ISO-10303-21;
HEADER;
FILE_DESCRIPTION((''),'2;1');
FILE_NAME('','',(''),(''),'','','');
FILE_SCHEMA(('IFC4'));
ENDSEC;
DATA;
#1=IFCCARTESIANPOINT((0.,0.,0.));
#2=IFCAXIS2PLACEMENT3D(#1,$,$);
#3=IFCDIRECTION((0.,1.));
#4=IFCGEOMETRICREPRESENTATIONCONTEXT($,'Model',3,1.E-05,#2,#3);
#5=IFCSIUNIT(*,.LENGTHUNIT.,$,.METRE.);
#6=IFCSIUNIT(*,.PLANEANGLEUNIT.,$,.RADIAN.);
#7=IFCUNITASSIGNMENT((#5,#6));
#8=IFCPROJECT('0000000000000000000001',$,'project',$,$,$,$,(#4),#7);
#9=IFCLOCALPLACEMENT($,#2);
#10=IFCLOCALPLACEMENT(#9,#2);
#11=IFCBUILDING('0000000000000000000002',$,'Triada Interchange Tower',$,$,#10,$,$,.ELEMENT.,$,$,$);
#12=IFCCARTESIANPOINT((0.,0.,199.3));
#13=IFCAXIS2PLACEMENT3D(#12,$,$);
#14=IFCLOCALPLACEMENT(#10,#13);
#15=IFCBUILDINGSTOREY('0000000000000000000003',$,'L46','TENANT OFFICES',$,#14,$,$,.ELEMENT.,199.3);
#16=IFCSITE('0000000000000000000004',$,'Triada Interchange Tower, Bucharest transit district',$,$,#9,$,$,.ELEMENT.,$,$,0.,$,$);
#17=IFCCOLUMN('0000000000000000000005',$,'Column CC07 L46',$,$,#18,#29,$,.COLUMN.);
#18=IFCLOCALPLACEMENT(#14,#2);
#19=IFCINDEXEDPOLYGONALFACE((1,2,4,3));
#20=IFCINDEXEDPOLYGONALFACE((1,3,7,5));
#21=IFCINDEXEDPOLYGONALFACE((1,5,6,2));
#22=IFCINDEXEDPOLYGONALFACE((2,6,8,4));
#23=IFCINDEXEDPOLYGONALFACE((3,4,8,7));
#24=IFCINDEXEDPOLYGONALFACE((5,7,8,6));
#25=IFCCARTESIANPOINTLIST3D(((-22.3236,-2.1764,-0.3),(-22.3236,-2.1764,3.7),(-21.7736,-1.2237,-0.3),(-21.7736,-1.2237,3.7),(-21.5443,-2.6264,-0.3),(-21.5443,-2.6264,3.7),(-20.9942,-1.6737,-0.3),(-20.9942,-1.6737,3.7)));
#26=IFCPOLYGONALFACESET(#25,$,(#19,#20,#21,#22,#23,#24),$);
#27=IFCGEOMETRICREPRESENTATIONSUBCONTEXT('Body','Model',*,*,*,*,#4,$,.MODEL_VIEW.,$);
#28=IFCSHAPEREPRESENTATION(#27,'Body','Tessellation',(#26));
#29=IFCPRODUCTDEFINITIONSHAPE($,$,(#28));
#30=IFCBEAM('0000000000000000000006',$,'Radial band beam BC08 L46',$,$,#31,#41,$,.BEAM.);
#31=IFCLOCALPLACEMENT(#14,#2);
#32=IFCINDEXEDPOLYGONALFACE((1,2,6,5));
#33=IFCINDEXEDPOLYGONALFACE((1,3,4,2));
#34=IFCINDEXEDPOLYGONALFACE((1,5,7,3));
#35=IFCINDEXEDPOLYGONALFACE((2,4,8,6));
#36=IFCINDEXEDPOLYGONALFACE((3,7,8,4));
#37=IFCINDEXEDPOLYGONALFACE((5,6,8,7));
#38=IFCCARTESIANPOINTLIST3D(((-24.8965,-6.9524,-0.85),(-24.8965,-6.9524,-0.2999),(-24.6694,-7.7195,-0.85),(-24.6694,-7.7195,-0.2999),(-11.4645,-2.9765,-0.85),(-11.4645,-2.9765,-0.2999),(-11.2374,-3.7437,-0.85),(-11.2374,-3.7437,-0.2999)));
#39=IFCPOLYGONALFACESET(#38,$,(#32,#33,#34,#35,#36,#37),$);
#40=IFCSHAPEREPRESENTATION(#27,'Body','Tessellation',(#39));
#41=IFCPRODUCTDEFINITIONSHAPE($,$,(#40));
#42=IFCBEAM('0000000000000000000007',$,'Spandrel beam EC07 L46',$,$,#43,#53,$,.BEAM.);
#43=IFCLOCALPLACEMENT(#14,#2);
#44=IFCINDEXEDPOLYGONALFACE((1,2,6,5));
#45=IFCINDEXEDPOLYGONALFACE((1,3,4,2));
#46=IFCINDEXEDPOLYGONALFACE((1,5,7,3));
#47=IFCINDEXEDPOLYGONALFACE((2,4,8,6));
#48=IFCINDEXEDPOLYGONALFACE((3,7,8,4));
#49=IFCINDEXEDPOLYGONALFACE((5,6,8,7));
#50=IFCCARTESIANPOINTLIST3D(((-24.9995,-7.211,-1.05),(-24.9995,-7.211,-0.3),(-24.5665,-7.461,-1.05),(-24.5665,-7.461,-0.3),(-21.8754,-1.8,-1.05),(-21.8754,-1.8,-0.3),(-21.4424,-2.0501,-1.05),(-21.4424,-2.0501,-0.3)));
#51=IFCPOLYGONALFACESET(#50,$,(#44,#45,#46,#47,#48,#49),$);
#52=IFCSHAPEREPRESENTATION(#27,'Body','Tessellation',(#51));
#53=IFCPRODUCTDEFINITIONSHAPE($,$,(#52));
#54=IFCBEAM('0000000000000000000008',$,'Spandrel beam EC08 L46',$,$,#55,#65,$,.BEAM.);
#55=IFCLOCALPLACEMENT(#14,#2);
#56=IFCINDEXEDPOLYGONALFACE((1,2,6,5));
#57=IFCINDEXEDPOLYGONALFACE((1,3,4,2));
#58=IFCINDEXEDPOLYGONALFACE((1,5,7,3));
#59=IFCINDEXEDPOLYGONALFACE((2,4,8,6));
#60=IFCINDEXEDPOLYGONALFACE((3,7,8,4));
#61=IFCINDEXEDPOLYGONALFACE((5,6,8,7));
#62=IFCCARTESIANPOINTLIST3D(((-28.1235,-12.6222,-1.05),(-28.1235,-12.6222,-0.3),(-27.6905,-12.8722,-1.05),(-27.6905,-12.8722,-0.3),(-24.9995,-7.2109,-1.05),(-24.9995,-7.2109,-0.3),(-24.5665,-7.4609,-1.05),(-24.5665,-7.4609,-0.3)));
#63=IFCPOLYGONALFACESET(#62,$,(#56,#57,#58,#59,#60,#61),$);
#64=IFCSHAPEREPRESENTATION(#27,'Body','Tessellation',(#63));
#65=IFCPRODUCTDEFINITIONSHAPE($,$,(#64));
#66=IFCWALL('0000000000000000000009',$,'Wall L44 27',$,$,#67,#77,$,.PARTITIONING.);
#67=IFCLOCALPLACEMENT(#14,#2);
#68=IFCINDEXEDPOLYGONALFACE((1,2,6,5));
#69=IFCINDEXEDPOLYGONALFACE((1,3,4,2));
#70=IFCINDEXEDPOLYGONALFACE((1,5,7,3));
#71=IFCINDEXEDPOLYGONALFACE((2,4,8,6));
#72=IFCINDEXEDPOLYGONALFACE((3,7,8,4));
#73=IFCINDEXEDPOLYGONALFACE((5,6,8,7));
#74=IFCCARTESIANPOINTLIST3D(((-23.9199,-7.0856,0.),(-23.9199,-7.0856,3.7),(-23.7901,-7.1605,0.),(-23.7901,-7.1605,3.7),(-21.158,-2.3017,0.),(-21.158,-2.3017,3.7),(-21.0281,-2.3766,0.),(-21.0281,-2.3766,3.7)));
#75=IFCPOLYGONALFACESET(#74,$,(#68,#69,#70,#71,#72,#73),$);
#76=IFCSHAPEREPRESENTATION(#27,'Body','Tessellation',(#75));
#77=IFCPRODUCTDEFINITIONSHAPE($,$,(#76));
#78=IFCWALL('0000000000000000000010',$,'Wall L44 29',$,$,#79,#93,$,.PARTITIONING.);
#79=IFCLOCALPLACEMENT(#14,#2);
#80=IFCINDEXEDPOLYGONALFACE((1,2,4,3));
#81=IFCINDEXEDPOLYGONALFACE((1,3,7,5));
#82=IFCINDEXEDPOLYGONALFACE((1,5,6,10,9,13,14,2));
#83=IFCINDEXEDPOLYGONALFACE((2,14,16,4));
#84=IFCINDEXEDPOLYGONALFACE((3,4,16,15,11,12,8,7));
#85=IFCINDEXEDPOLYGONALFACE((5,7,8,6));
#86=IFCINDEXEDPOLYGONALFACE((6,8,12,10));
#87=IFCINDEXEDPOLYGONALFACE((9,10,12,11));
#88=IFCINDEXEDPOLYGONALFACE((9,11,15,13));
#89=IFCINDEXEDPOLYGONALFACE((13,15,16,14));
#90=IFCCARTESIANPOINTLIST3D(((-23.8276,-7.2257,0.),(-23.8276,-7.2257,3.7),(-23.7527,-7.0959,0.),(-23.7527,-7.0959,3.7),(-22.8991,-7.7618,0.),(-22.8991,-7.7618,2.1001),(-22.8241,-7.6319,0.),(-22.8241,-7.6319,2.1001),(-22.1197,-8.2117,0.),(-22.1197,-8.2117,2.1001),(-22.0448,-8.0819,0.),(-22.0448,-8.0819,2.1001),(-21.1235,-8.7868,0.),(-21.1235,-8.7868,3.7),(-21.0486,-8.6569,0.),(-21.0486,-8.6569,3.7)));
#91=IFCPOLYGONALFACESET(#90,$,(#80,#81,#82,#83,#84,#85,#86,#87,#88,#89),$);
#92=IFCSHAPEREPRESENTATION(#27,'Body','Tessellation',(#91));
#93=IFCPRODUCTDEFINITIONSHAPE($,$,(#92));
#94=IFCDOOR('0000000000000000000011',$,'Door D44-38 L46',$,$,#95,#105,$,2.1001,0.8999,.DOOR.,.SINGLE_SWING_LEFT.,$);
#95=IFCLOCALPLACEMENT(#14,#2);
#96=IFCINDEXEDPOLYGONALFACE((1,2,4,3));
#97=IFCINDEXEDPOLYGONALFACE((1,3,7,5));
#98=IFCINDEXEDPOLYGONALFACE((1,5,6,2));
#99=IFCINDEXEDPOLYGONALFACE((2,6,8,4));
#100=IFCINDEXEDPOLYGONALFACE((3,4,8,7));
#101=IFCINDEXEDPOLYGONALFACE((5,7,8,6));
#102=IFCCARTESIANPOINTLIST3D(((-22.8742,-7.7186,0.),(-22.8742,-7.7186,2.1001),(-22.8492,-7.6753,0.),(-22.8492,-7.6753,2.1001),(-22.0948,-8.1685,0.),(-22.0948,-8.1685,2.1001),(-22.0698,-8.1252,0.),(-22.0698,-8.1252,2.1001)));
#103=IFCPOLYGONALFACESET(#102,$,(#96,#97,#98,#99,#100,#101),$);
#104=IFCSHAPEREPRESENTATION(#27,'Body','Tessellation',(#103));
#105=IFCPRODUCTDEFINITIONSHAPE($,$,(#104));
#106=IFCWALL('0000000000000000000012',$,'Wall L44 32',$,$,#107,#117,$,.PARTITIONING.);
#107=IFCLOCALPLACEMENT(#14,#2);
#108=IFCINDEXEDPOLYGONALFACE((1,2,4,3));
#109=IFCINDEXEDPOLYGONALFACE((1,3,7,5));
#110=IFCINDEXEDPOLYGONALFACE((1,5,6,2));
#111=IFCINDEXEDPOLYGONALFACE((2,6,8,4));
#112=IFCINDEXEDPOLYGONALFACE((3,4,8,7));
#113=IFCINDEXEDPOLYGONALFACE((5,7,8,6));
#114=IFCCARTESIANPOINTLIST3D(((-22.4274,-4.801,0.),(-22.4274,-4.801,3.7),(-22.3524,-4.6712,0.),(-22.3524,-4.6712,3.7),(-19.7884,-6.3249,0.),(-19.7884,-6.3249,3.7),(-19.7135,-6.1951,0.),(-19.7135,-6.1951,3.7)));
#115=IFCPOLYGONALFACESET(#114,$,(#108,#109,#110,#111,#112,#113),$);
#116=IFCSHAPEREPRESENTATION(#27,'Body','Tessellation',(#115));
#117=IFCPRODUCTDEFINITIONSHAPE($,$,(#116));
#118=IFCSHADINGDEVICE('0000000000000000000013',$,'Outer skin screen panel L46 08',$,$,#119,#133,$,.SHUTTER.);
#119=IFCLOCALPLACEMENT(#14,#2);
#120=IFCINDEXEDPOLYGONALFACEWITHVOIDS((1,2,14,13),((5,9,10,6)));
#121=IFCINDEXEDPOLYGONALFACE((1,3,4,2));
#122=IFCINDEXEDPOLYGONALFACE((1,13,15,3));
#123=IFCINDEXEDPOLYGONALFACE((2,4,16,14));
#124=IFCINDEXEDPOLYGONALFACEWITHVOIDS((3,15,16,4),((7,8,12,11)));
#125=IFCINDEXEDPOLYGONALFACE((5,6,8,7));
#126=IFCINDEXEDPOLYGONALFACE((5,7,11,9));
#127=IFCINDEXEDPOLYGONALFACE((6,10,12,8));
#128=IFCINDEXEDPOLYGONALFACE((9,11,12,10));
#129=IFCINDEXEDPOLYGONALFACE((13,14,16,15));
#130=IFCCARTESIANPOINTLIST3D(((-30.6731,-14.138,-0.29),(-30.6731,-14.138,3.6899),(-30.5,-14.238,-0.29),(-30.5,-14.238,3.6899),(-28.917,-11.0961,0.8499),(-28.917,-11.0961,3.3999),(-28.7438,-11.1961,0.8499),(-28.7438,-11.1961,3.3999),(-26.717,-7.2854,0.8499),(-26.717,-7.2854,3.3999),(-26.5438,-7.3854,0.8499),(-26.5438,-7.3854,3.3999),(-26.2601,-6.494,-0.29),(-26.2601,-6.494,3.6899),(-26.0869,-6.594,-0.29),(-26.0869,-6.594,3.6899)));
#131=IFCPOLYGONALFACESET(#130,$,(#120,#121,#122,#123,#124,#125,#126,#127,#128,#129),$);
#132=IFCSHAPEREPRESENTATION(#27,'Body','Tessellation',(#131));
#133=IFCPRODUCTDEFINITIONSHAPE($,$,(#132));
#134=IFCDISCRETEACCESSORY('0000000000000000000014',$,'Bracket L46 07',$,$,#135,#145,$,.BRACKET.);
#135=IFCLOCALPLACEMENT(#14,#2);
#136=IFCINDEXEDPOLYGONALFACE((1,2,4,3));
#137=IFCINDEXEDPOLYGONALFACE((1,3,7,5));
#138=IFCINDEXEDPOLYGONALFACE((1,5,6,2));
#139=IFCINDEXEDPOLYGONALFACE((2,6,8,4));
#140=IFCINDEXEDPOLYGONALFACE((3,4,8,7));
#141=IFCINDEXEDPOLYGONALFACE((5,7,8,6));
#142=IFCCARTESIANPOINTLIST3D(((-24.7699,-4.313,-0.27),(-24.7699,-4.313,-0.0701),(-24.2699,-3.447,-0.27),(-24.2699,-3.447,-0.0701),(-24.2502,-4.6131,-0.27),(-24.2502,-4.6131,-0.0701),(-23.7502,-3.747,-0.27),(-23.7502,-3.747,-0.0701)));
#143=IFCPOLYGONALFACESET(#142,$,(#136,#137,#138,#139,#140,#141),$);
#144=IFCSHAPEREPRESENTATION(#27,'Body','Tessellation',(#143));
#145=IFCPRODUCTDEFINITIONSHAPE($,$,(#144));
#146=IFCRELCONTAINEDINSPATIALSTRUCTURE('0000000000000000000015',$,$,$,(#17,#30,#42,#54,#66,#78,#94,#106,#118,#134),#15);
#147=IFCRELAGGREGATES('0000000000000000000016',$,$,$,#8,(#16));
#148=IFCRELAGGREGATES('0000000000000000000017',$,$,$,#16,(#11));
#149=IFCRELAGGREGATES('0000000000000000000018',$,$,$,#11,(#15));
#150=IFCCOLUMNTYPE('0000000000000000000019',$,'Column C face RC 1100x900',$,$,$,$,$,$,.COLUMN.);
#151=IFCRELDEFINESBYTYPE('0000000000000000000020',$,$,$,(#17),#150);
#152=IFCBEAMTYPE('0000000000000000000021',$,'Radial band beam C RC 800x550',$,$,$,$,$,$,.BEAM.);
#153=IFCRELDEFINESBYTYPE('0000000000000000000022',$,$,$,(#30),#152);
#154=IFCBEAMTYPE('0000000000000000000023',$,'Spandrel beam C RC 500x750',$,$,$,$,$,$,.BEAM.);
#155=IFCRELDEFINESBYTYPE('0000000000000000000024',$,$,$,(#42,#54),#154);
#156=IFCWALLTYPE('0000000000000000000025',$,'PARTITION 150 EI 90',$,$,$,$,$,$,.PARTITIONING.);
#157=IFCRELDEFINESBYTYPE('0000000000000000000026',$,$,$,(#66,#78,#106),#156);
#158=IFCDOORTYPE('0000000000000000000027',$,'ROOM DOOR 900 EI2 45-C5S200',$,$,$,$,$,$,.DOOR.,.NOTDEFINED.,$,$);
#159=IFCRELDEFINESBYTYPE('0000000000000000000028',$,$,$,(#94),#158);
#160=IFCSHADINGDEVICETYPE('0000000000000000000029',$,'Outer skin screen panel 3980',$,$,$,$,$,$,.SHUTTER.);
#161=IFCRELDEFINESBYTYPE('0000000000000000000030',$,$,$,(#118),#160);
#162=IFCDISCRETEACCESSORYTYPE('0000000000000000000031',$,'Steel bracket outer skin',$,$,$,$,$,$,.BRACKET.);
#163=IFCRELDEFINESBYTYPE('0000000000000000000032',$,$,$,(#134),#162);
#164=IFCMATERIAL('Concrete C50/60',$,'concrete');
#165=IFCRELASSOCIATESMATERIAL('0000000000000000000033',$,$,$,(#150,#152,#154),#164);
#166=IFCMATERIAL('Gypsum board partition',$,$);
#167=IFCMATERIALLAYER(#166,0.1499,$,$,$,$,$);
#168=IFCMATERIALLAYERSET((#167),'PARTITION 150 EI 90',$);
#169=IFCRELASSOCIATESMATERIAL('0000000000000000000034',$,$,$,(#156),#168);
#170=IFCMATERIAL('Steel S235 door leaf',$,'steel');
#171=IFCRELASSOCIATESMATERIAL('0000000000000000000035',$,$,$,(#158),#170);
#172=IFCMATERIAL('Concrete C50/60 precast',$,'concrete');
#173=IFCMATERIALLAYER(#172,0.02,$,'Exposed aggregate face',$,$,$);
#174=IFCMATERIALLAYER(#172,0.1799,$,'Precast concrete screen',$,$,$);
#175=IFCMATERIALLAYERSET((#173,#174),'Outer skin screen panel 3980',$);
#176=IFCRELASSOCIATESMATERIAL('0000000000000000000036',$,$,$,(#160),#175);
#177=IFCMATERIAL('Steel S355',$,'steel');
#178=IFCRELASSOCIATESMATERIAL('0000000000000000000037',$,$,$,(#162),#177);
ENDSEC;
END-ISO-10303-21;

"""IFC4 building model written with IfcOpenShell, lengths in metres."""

from ifc_helpers import new_model, si_unit, direction, frame, frame_2d, origin, origin_2d, place, context, subcontext, project, spatial, polyline, rectangle, outline, extrude, material, layer, layer_set, material_profile, profile_set, type_object, element, fill, save


model = new_model("IFC4")

# Units and contexts
model_context = context("Model", 3, precision=1e-05, world=origin(), true_north=direction((0.0, 1.0)))
body_context = subcontext(model_context, "Body", "Model", "MODEL_VIEW")
ifc_project = project(units=[si_unit("LENGTHUNIT", "METRE"), si_unit("PLANEANGLEUNIT", "RADIAN")], contexts=[model_context])

# Site, building, storey
site_placement = place(None, origin())
site = spatial("IfcSite", under=ifc_project, at=site_placement, Name="Triada Interchange Tower, Bucharest transit district", CompositionType="ELEMENT", RefElevation=0.0)
building_placement = place(site_placement, origin())
building = spatial("IfcBuilding", under=site, at=building_placement, Name="Triada Interchange Tower", CompositionType="ELEMENT")
storey_placement = place(building_placement, frame((0.0, 0.0, 199.3)))
storey = spatial("IfcBuildingStorey", under=building, at=storey_placement, Name="L46", Description="TENANT OFFICES", CompositionType="ELEMENT", Elevation=199.3)

# Column
ifc_material_1 = material(Name="Concrete C50/60", Category="concrete")
ifc_material_profile_1 = material_profile(ifc_material_1, rectangle(XDim=1.1001, YDim=0.8999, at=origin_2d()), Name="RC 1100x900")
ifc_profile_set_1 = profile_set([ifc_material_profile_1], Name="Concrete C50/60")
column_type = type_object("IfcColumnType", Name="Column C face RC 1100x900", PredefinedType="COLUMN", material=ifc_profile_set_1)
column_placement = place(storey_placement, frame((-21.6589, -1.925, -0.3), z_axis=(0.0, 0.0, 1.0), x_axis=(0.5, 0.866025, 0.0)))
element("IfcColumn", 1, at=column_placement, inside=storey, type_object=column_type, Name="Column CC07 L46", PredefinedType="COLUMN", context=body_context, shape_type="SweptSolid", body=[
    extrude(rectangle(XDim=1.1001, YDim=0.8999, at=origin_2d()), origin(), (0.0, 0.0, 1.0), 4.0),
])

# Beams
ifc_material_profile_2 = material_profile(ifc_material_1, rectangle(XDim=0.8, YDim=0.55, at=origin_2d()), Name="RC 800x550")
ifc_profile_set_2 = profile_set([ifc_material_profile_2], Name="Concrete C50/60")
beam_type_1 = type_object("IfcBeamType", Name="Radial band beam C RC 800x550", PredefinedType="BEAM", material=ifc_profile_set_2)
beam_1_placement = place(storey_placement, frame((-24.783, -7.3359, -0.575), z_axis=(0.958876, 0.283827, 0.0), x_axis=(-0.283827, 0.958876, 0.0)))
element("IfcBeam", 2, at=beam_1_placement, inside=storey, type_object=beam_type_1, Name="Radial band beam BC08 L46", PredefinedType="BEAM", context=body_context, shape_type="SweptSolid", body=[
    extrude(rectangle(XDim=0.8, YDim=0.55, at=origin_2d()), origin(), (0.0, 0.0, 1.0), 14.0081),
])
ifc_material_profile_3 = material_profile(ifc_material_1, rectangle(XDim=0.5, YDim=0.75, at=origin_2d()), Name="RC 500x750")
ifc_profile_set_3 = profile_set([ifc_material_profile_3], Name="Concrete C50/60")
beam_type_2 = type_object("IfcBeamType", Name="Spandrel beam C RC 500x750", PredefinedType="BEAM", material=ifc_profile_set_3)
beam_2_placement = place(storey_placement, frame((-21.6589, -1.925, -0.675), z_axis=(-0.500005, -0.866022, 0.0), x_axis=(0.866022, -0.500005, 0.0)))
element("IfcBeam", 3, at=beam_2_placement, inside=storey, type_object=beam_type_2, Name="Spandrel beam EC07 L46", PredefinedType="BEAM", context=body_context, shape_type="SweptSolid", body=[
    extrude(rectangle(XDim=0.5, YDim=0.75, at=origin_2d()), origin(), (0.0, 0.0, 1.0), 6.248),
])
beam_3_placement = place(storey_placement, frame((-24.783, -7.3359, -0.675), z_axis=(-0.499989, -0.866032, 0.0), x_axis=(0.866032, -0.499989, 0.0)))
element("IfcBeam", 4, at=beam_3_placement, inside=storey, type_object=beam_type_2, Name="Spandrel beam EC08 L46", PredefinedType="BEAM", context=body_context, shape_type="SweptSolid", body=[
    extrude(rectangle(XDim=0.5, YDim=0.75, at=origin_2d()), origin(), (0.0, 0.0, 1.0), 6.2483),
])

# Wall
ifc_material_2 = material(Name="Gypsum board partition")
ifc_layer_1 = layer(ifc_material_2, 0.1499)
ifc_layer_set_1 = layer_set([ifc_layer_1], Name="PARTITION 150 EI 90")
wall_type = type_object("IfcWallType", Name="PARTITION 150 EI 90", PredefinedType="PARTITIONING", material=ifc_layer_set_1)
wall_1_placement = place(storey_placement, frame((-23.855, -7.123, 0.0), z_axis=(0.0, 0.0, 1.0), x_axis=(0.499994, 0.866029, 0.0)))
element("IfcWall", 5, at=wall_1_placement, inside=storey, type_object=wall_type, Name="Wall L44 27", PredefinedType="PARTITIONING", context=body_context, shape_type="SweptSolid", body=[
    extrude(rectangle(XDim=5.5239, YDim=0.1499, at=frame_2d((2.762, 0.0))), origin(), (0.0, 0.0, 1.0), 3.7),
])

# Wall, opening, door
wall_2_placement = place(storey_placement, frame((-23.79, -7.1609, 0.0), z_axis=(0.0, 0.0, 1.0), x_axis=(0.86605, -0.499957, 0.0)))
wall_2 = element("IfcWall", 6, at=wall_2_placement, inside=storey, type_object=wall_type, Name="Wall L44 29", PredefinedType="PARTITIONING", context=body_context, shape_type="SweptSolid", body=[
    extrude(rectangle(XDim=3.1223, YDim=0.1499, at=frame_2d((1.561, 0.0))), origin(), (0.0, 0.0, 1.0), 3.7),
])
opening_placement = place(wall_2_placement, frame((1.072, 0.0, 0.0)))
opening = element("IfcOpeningElement", 7, at=opening_placement, cuts=wall_2, PredefinedType="OPENING", context=body_context, shape_type="SweptSolid", body=[
    extrude(rectangle(XDim=0.8999, YDim=2.1001, at=frame_2d((0.45, 1.05))), frame((0.0, 0.085, 0.0), z_axis=(0.0, -1.0, 0.0), x_axis=(1.0, 0.0, 0.0)), (0.0, 0.0, 1.0), 0.1699),
])
ifc_material_3 = material(Name="Steel S235 door leaf", Category="steel")
door_type = type_object("IfcDoorType", Name="ROOM DOOR 900 EI2 45-C5S200", OperationType="NOTDEFINED", PredefinedType="DOOR", material=ifc_material_3)
door_placement = place(opening_placement, origin())
door = element("IfcDoor", 8, at=door_placement, inside=storey, type_object=door_type, Name="Door D44-38 L46", OperationType="SINGLE_SWING_LEFT", OverallHeight=2.1001, OverallWidth=0.8999, PredefinedType="DOOR", context=body_context, shape_type="SweptSolid", body=[
    extrude(rectangle(XDim=0.8999, YDim=2.1001, at=frame_2d((0.45, 1.05))), frame((0.0, 0.0249, 0.0), z_axis=(0.0, -1.0, 0.0), x_axis=(1.0, 0.0, 0.0)), (0.0, 0.0, 1.0), 0.05),
])
fill(opening, door)

# Wall
wall_3_placement = place(storey_placement, frame((-22.3899, -4.7361, 0.0), z_axis=(0.0, 0.0, 1.0), x_axis=(0.865976, -0.500085, 0.0)))
element("IfcWall", 9, at=wall_3_placement, inside=storey, type_object=wall_type, Name="Wall L44 32", PredefinedType="PARTITIONING", context=body_context, shape_type="SweptSolid", body=[
    extrude(rectangle(XDim=3.0474, YDim=0.1499, at=frame_2d((1.5237, 0.0))), origin(), (0.0, 0.0, 1.0), 3.7),
])

# Shading device
ifc_material_4 = material(Name="Concrete C50/60 precast", Category="concrete")
ifc_layer_2 = layer(ifc_material_4, 0.02, Name="Exposed aggregate face")
ifc_layer_3 = layer(ifc_material_4, 0.1799, Name="Precast concrete screen")
ifc_layer_set_2 = layer_set([ifc_layer_2, ifc_layer_3], Name="Outer skin screen panel 3980")
shading_device_type = type_object("IfcShadingDeviceType", Name="Outer skin screen panel 3980", PredefinedType="SHUTTER", material=ifc_layer_set_2)
shading_device_placement = place(storey_placement, frame((-26.0869, -6.594, -0.29), z_axis=(0.0, 0.0, 1.0), x_axis=(-0.499983, -0.866035, 0.0)))
element("IfcShadingDevice", 10, at=shading_device_placement, inside=storey, type_object=shading_device_type, Name="Outer skin screen panel L46 08", PredefinedType="SHUTTER", context=body_context, shape_type="SweptSolid", body=[
    extrude(outline(polyline([(0.0, 0.0), (8.8264, 0.0), (8.8264, 3.98), (0.0, 3.98), (0.0, 0.0)]), holes=[polyline([(0.9138, 1.1399), (0.9138, 3.6899), (5.314, 3.6899), (5.314, 1.1399), (0.9138, 1.1399)])]), frame((0.0, 0.0, 0.0), z_axis=(0.0, -1.0, 0.0), x_axis=(1.0, 0.0, 0.0)), (0.0, 0.0, 1.0), 0.2),
])

# Discrete accessory
ifc_material_5 = material(Name="Steel S355", Category="steel")
discrete_accessory_type = type_object("IfcDiscreteAccessoryType", Name="Steel bracket outer skin", PredefinedType="BRACKET", material=ifc_material_5)
discrete_accessory_placement = place(storey_placement, frame((-24.26, -4.03, -0.27), z_axis=(0.0, 0.0, 1.0), x_axis=(-0.866023, 0.500003, 0.0)))
element("IfcDiscreteAccessory", 11, at=discrete_accessory_placement, inside=storey, type_object=discrete_accessory_type, Name="Bracket L46 07", PredefinedType="BRACKET", context=body_context, shape_type="SweptSolid", body=[
    extrude(rectangle(XDim=0.6001, YDim=1.0, at=origin_2d()), origin(), (0.0, 0.0, 1.0), 0.2),
])

save(model, "model.ifc")
